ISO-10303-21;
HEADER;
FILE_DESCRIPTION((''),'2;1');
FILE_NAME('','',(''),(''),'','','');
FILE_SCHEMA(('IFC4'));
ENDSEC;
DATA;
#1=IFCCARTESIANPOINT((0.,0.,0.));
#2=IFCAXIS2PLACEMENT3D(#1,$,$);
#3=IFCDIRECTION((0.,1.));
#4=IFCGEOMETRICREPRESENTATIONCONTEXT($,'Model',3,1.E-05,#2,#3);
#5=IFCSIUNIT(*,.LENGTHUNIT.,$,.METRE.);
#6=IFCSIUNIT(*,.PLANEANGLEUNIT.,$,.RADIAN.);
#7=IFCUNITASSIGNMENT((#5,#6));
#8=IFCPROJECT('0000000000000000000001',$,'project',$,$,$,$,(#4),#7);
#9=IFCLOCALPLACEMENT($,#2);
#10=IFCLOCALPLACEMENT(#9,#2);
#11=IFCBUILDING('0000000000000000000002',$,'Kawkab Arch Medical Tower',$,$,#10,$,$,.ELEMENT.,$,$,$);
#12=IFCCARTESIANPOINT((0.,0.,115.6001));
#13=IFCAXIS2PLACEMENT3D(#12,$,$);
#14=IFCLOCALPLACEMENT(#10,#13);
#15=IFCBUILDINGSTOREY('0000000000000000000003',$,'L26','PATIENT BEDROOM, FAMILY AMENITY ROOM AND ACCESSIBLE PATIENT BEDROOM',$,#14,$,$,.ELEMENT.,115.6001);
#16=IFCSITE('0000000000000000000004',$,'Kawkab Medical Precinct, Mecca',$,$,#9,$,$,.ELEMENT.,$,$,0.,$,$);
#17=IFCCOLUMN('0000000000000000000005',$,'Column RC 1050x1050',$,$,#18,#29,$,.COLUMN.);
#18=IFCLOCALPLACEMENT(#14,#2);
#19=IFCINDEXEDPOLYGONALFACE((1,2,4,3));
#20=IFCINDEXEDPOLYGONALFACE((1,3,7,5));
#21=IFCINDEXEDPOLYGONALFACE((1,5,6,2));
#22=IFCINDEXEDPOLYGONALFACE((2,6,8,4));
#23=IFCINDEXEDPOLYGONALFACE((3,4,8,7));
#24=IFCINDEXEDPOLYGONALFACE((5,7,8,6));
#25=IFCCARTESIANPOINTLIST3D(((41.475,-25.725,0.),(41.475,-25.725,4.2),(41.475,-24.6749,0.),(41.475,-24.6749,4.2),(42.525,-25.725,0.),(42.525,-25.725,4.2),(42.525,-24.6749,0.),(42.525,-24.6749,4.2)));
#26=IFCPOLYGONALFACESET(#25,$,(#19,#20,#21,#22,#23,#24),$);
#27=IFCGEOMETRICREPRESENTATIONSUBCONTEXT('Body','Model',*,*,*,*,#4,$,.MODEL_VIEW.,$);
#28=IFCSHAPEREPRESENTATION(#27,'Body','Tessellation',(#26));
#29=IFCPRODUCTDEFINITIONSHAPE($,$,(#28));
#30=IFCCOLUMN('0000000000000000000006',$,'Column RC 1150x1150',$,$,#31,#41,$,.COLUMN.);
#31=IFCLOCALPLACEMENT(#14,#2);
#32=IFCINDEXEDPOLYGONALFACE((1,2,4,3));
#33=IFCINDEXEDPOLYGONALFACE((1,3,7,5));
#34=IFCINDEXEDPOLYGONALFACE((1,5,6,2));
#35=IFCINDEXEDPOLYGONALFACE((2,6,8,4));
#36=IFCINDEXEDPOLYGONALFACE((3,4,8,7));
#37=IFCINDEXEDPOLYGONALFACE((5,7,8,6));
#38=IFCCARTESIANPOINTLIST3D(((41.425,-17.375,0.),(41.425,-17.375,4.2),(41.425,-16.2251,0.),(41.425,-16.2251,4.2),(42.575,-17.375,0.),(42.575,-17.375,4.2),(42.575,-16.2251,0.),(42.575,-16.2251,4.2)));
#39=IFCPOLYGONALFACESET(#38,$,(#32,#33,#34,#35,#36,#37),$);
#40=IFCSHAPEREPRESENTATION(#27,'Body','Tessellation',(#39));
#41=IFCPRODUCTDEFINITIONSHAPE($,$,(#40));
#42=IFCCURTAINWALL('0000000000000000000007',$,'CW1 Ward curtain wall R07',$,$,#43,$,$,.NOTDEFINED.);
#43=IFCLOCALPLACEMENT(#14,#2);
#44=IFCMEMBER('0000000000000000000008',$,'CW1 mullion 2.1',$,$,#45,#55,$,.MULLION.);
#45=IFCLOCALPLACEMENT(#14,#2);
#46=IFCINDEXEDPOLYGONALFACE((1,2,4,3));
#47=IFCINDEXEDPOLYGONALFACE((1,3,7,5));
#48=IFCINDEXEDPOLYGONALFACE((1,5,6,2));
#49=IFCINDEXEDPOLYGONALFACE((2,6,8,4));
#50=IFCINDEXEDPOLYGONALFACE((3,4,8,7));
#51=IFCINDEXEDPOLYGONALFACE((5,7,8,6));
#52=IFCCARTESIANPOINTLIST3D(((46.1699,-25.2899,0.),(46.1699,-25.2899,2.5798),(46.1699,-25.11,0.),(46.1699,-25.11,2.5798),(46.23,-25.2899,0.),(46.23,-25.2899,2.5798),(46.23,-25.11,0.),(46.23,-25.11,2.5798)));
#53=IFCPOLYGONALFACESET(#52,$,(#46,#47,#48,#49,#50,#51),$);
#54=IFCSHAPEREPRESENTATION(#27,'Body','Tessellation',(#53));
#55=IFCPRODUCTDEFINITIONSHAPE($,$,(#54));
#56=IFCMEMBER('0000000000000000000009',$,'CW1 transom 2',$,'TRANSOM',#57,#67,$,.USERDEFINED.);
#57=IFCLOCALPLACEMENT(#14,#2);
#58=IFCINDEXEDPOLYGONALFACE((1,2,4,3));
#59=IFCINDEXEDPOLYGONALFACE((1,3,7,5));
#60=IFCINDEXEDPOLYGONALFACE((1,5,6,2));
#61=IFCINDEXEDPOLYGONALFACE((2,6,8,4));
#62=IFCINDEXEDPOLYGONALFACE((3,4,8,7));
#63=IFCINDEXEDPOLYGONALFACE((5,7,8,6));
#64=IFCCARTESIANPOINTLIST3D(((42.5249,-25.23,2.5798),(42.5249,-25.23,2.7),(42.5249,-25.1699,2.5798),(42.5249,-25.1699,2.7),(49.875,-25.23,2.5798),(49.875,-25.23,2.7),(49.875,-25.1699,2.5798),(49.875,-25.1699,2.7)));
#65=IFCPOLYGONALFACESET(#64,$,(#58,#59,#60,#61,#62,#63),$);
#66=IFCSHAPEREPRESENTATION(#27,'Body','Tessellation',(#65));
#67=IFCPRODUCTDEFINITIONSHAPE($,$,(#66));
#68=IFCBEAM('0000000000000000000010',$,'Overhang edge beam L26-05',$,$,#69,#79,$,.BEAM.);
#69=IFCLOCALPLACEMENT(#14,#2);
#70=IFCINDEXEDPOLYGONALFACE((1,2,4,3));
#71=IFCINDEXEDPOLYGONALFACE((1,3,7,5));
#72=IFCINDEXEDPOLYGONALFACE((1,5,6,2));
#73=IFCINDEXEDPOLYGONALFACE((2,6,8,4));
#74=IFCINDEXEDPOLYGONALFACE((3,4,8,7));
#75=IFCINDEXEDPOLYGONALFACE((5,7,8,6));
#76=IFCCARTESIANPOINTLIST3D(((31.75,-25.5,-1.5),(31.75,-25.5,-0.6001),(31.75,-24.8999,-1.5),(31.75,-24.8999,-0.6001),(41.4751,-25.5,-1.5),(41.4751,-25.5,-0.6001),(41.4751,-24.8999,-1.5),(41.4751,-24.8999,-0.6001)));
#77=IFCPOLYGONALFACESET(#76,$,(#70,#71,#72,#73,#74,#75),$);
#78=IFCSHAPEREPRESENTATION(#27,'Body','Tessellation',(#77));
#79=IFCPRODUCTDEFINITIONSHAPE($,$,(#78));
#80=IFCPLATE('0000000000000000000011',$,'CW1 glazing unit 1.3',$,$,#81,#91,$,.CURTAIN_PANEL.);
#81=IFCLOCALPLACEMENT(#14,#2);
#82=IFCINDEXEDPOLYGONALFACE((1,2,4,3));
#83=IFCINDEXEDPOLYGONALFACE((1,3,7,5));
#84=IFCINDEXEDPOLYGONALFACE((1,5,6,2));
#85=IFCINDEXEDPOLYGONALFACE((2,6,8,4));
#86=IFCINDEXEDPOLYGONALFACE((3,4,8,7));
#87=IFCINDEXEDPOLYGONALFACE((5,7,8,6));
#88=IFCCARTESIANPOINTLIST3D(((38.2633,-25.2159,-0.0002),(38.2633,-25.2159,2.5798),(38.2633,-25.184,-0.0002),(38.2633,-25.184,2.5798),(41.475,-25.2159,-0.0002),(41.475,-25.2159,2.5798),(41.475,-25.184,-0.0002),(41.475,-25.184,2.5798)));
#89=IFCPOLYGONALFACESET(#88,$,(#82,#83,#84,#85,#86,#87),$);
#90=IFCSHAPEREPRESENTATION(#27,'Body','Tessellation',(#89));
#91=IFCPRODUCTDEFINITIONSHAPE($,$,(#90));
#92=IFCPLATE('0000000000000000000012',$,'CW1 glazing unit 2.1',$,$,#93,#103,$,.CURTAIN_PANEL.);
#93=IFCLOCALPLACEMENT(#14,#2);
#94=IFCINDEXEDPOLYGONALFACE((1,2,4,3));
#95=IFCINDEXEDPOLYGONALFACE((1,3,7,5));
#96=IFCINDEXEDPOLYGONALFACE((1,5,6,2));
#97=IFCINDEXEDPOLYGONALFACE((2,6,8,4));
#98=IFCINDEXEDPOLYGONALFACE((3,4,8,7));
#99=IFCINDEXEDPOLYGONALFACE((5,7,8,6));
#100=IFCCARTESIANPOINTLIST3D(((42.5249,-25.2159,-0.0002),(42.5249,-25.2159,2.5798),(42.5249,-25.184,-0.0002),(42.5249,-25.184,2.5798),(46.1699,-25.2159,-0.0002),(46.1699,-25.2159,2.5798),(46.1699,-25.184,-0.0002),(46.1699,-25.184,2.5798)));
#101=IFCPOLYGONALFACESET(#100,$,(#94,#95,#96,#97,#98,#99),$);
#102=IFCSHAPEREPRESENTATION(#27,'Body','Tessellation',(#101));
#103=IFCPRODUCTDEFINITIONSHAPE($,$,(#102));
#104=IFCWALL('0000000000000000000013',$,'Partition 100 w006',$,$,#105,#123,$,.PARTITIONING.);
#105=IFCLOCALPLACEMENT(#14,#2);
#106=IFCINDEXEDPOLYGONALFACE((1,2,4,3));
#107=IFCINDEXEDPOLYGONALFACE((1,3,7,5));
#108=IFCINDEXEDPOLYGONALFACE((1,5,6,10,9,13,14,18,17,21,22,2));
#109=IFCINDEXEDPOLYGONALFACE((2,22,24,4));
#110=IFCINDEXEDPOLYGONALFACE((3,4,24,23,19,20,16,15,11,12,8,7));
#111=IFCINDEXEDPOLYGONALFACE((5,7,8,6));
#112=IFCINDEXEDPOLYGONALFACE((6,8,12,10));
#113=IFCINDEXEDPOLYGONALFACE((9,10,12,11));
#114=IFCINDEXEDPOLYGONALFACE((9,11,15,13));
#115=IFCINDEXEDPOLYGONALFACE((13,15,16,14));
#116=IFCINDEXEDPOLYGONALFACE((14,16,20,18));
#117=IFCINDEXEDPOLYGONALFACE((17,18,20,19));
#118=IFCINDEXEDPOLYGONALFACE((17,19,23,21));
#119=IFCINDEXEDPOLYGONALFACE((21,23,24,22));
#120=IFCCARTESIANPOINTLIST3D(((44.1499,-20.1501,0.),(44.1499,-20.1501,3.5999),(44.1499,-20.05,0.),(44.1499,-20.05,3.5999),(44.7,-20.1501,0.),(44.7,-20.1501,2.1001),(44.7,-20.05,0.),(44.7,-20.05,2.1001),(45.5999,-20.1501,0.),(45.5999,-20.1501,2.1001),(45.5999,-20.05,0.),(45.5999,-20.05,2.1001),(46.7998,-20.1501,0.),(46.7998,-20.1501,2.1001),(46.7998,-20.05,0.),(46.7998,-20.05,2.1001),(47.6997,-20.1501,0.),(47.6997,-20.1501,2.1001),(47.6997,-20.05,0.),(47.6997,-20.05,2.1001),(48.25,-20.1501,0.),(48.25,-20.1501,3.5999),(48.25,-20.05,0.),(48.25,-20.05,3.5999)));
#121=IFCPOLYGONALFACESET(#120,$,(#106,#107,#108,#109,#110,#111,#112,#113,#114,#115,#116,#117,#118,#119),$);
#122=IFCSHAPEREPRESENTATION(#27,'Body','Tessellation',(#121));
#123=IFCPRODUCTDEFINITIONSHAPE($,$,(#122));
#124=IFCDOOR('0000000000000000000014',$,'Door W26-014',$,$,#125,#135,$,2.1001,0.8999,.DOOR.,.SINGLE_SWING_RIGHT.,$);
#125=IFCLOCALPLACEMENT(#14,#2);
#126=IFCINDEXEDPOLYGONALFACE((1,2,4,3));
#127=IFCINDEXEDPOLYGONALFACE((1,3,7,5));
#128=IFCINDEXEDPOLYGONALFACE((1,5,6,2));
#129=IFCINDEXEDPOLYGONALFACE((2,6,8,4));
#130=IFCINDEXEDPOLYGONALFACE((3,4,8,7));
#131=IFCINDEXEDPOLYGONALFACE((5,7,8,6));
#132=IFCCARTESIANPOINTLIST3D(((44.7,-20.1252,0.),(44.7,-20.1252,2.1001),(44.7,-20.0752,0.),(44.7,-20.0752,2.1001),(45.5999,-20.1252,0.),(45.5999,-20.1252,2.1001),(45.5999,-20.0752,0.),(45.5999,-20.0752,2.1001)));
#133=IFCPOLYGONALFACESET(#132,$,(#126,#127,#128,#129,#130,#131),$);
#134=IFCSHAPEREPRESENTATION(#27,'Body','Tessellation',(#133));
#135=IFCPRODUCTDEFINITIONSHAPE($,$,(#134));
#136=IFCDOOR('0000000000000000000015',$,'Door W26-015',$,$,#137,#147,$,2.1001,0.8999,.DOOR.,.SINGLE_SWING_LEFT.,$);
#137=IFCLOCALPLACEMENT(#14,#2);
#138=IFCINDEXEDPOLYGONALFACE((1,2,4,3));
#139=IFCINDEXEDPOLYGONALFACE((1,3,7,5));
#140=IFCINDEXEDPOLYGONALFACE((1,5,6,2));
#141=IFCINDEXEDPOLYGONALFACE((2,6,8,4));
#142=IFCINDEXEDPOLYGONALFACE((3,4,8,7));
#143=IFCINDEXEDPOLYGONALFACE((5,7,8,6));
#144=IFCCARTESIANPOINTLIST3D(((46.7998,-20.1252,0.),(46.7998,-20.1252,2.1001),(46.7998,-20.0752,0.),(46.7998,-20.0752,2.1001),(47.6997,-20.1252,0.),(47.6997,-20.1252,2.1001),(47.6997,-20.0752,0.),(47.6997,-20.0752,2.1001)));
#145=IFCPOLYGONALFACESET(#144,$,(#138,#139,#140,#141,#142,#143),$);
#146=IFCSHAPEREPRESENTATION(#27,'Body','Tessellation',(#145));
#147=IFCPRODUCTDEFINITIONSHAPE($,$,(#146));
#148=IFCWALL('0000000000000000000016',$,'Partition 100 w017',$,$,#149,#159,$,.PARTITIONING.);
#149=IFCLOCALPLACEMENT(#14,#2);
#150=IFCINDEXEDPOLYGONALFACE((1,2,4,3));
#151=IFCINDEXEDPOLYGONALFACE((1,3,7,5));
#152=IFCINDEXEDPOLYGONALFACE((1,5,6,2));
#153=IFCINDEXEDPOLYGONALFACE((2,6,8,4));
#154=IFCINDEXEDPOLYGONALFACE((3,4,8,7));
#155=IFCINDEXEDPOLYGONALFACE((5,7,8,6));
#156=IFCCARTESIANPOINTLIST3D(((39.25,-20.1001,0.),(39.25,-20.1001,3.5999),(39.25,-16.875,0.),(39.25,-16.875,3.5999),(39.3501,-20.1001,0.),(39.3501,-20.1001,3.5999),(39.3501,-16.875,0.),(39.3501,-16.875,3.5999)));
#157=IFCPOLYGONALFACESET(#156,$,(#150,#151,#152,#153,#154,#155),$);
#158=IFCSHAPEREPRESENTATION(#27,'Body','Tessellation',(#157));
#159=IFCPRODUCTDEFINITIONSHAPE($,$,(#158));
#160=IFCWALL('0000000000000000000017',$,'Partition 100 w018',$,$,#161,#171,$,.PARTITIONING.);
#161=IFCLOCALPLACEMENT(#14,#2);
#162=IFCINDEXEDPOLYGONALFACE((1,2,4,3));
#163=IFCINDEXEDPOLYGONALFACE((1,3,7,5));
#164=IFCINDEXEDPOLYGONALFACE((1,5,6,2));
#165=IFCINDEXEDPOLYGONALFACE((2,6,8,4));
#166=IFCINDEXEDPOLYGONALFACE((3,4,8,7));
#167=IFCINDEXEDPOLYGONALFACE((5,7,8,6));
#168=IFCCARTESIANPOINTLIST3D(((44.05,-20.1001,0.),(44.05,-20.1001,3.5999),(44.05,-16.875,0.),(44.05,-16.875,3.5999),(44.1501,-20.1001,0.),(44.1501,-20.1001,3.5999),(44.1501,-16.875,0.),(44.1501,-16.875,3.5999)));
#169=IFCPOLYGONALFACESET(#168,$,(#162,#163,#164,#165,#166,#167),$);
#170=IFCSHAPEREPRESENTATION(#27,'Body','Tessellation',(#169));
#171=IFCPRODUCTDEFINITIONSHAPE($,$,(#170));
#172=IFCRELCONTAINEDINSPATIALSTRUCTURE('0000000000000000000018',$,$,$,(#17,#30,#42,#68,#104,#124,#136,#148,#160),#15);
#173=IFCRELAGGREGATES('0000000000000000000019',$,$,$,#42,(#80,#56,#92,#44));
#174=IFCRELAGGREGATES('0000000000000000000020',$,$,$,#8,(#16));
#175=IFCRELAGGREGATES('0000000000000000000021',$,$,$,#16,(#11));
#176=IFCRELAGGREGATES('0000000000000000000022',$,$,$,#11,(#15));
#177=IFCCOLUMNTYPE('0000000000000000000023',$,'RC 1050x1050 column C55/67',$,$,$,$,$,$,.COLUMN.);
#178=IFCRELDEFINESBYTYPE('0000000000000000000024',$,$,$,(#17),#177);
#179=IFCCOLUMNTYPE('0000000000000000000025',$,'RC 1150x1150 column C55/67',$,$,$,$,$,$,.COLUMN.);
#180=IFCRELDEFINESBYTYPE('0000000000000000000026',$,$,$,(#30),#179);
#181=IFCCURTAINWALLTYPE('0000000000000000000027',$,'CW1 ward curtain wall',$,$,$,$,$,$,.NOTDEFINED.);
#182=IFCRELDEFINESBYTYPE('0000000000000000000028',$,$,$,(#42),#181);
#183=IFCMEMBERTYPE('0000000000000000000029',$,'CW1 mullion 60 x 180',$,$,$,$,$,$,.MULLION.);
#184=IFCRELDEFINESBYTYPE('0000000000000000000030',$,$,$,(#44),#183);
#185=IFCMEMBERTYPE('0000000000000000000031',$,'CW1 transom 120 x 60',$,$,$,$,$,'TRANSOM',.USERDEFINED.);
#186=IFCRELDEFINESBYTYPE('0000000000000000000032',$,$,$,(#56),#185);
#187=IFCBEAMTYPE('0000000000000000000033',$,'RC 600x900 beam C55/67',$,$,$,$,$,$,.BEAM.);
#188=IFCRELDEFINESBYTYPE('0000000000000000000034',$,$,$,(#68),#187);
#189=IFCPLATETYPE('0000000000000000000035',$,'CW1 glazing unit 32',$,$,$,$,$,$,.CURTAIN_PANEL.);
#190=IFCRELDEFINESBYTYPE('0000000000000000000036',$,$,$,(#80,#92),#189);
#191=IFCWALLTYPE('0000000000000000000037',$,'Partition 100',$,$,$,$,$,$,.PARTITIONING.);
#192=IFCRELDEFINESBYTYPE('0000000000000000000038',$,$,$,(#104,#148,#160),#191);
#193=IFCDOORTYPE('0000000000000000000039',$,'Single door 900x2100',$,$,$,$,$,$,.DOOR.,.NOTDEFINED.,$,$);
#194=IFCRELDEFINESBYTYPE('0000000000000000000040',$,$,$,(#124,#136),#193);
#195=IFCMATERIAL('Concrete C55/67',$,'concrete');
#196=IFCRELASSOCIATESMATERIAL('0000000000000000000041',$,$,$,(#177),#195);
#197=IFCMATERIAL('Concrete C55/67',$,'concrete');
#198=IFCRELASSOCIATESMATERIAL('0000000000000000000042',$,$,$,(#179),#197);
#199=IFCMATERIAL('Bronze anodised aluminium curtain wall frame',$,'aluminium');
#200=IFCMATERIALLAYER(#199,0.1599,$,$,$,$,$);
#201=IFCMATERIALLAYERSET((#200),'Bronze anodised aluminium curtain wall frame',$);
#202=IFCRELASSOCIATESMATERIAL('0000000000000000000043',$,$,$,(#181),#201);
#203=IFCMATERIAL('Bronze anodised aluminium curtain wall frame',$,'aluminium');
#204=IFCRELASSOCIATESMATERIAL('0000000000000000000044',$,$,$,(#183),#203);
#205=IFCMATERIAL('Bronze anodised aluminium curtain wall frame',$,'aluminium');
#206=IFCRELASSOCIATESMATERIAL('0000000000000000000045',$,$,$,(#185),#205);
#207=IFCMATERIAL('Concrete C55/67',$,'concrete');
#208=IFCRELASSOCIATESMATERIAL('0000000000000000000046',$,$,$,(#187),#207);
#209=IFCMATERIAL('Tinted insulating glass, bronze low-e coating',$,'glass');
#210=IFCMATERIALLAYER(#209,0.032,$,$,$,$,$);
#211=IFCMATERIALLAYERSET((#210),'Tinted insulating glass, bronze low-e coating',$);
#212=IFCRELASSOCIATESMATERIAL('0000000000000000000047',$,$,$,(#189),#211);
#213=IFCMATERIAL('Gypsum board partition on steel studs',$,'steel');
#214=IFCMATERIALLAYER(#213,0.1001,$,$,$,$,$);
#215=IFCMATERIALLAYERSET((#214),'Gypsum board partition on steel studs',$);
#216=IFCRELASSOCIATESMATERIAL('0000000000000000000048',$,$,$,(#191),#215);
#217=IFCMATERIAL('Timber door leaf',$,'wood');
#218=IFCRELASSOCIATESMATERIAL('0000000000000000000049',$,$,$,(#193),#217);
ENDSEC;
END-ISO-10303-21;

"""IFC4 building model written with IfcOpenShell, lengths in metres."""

from ifc_helpers import new_model, si_unit, direction, frame, frame_2d, origin, origin_2d, place, context, subcontext, project, spatial, rectangle, extrude, material, layer, layer_set, material_profile, profile_set, type_object, element, fill, aggregate, save


model = new_model("IFC4")

# Units and contexts
model_context = context("Model", 3, precision=1e-05, world=origin(), true_north=direction((0.0, 1.0)))
body_context = subcontext(model_context, "Body", "Model", "MODEL_VIEW")
ifc_project = project(units=[si_unit("LENGTHUNIT", "METRE"), si_unit("PLANEANGLEUNIT", "RADIAN")], contexts=[model_context])

# Site, building, storey
site_placement = place(None, origin())
site = spatial("IfcSite", under=ifc_project, at=site_placement, Name="Kawkab Medical Precinct, Mecca", CompositionType="ELEMENT", RefElevation=0.0)
building_placement = place(site_placement, origin())
building = spatial("IfcBuilding", under=site, at=building_placement, Name="Kawkab Arch Medical Tower", CompositionType="ELEMENT")
storey_placement = place(building_placement, frame((0.0, 0.0, 115.6001)))
storey = spatial("IfcBuildingStorey", under=building, at=storey_placement, Name="L26", Description="PATIENT BEDROOM, FAMILY AMENITY ROOM AND ACCESSIBLE PATIENT BEDROOM", CompositionType="ELEMENT", Elevation=115.6001)

# Columns
ifc_material_1 = material(Name="Concrete C55/67", Category="concrete")
ifc_material_profile_1 = material_profile(ifc_material_1, rectangle(XDim=1.05, YDim=1.05, at=origin_2d()), Name="RC 1050x1050")
ifc_profile_set_1 = profile_set([ifc_material_profile_1], Name="Concrete C55/67")
column_type_1 = type_object("IfcColumnType", Name="RC 1050x1050 column C55/67", PredefinedType="COLUMN", material=ifc_profile_set_1)
column_1_placement = place(storey_placement, frame((42.0, -25.2, 0.0), z_axis=(0.0, 0.0, 1.0), x_axis=(1.0, 0.0, 0.0)))
element("IfcColumn", 1, at=column_1_placement, inside=storey, type_object=column_type_1, Name="Column RC 1050x1050", PredefinedType="COLUMN", context=body_context, shape_type="SweptSolid", body=[
    extrude(rectangle(XDim=1.05, YDim=1.05, at=origin_2d()), origin(), (0.0, 0.0, 1.0), 4.2),
])
ifc_material_2 = material(Name="Concrete C55/67", Category="concrete")
ifc_material_profile_2 = material_profile(ifc_material_2, rectangle(XDim=1.1499, YDim=1.1499, at=origin_2d()), Name="RC 1150x1150")
ifc_profile_set_2 = profile_set([ifc_material_profile_2], Name="Concrete C55/67")
column_type_2 = type_object("IfcColumnType", Name="RC 1150x1150 column C55/67", PredefinedType="COLUMN", material=ifc_profile_set_2)
column_2_placement = place(storey_placement, frame((42.0, -16.8, 0.0), z_axis=(0.0, 0.0, 1.0), x_axis=(1.0, 0.0, 0.0)))
element("IfcColumn", 2, at=column_2_placement, inside=storey, type_object=column_type_2, Name="Column RC 1150x1150", PredefinedType="COLUMN", context=body_context, shape_type="SweptSolid", body=[
    extrude(rectangle(XDim=1.1499, YDim=1.1499, at=origin_2d()), origin(), (0.0, 0.0, 1.0), 4.2),
])

# Curtain wall, members
ifc_material_3 = material(Name="Bronze anodised aluminium curtain wall frame", Category="aluminium")
ifc_layer_1 = layer(ifc_material_3, 0.1599)
ifc_layer_set_1 = layer_set([ifc_layer_1], Name="Bronze anodised aluminium curtain wall frame")
curtain_wall_type = type_object("IfcCurtainWallType", Name="CW1 ward curtain wall", PredefinedType="NOTDEFINED", material=ifc_layer_set_1)
curtain_wall_placement = place(storey_placement, origin())
curtain_wall = element("IfcCurtainWall", 3, at=curtain_wall_placement, inside=storey, type_object=curtain_wall_type, Name="CW1 Ward curtain wall R07", PredefinedType="NOTDEFINED")
ifc_material_4 = material(Name="Bronze anodised aluminium curtain wall frame", Category="aluminium")
ifc_material_profile_3 = material_profile(ifc_material_4, rectangle(XDim=0.1799, YDim=0.0601, at=origin_2d()), Name="AL 60x180")
ifc_profile_set_3 = profile_set([ifc_material_profile_3], Name="Bronze anodised aluminium curtain wall frame")
member_type_1 = type_object("IfcMemberType", Name="CW1 mullion 60 x 180", PredefinedType="MULLION", material=ifc_profile_set_3)
member_1_placement = place(storey_placement, frame((46.2, -25.2, 0.0), z_axis=(0.0, 0.0, 1.0), x_axis=(0.0, 1.0, 0.0)))
member_1 = element("IfcMember", 4, at=member_1_placement, type_object=member_type_1, Name="CW1 mullion 2.1", PredefinedType="MULLION", context=body_context, shape_type="SweptSolid", body=[
    extrude(rectangle(XDim=0.1799, YDim=0.0601, at=origin_2d()), origin(), (0.0, 0.0, 1.0), 2.5798),
])
ifc_material_5 = material(Name="Bronze anodised aluminium curtain wall frame", Category="aluminium")
ifc_material_profile_4 = material_profile(ifc_material_5, rectangle(XDim=0.0601, YDim=0.1201, at=origin_2d()), Name="AL 60x120")
ifc_profile_set_4 = profile_set([ifc_material_profile_4], Name="Bronze anodised aluminium curtain wall frame")
member_type_2 = type_object("IfcMemberType", Name="CW1 transom 120 x 60", ElementType="TRANSOM", PredefinedType="USERDEFINED", material=ifc_profile_set_4)
member_2_placement = place(storey_placement, frame((42.5249, -25.2, 2.6399), z_axis=(1.0, 0.0, 0.0), x_axis=(0.0, 1.0, 0.0)))
member_2 = element("IfcMember", 5, at=member_2_placement, type_object=member_type_2, Name="CW1 transom 2", ObjectType="TRANSOM", PredefinedType="USERDEFINED", context=body_context, shape_type="SweptSolid", body=[
    extrude(rectangle(XDim=0.0601, YDim=0.1201, at=origin_2d()), origin(), (0.0, 0.0, 1.0), 7.3501),
])

# Beam
ifc_material_6 = material(Name="Concrete C55/67", Category="concrete")
ifc_material_profile_5 = material_profile(ifc_material_6, rectangle(XDim=0.6001, YDim=0.8999, at=origin_2d()), Name="RC 600x900")
ifc_profile_set_5 = profile_set([ifc_material_profile_5], Name="Concrete C55/67")
beam_type = type_object("IfcBeamType", Name="RC 600x900 beam C55/67", PredefinedType="BEAM", material=ifc_profile_set_5)
beam_placement = place(storey_placement, frame((41.4751, -25.2, -1.05), z_axis=(-1.0, 0.0, 0.0), x_axis=(0.0, -1.0, 0.0)))
element("IfcBeam", 6, at=beam_placement, inside=storey, type_object=beam_type, Name="Overhang edge beam L26-05", PredefinedType="BEAM", context=body_context, shape_type="SweptSolid", body=[
    extrude(rectangle(XDim=0.6001, YDim=0.8999, at=origin_2d()), origin(), (0.0, 0.0, 1.0), 9.7251),
])

# Plates
ifc_material_7 = material(Name="Tinted insulating glass, bronze low-e coating", Category="glass")
ifc_layer_2 = layer(ifc_material_7, 0.032)
ifc_layer_set_2 = layer_set([ifc_layer_2], Name="Tinted insulating glass, bronze low-e coating")
plate_type = type_object("IfcPlateType", Name="CW1 glazing unit 32", PredefinedType="CURTAIN_PANEL", material=ifc_layer_set_2)
plate_1_placement = place(storey_placement, frame((39.8691, -25.2, -0.0002), z_axis=(0.0, 0.0, 1.0), x_axis=(1.0, 0.0, 0.0)))
plate_1 = element("IfcPlate", 7, at=plate_1_placement, type_object=plate_type, Name="CW1 glazing unit 1.3", PredefinedType="CURTAIN_PANEL", context=body_context, shape_type="SweptSolid", body=[
    extrude(rectangle(XDim=3.2117, YDim=0.032, at=origin_2d()), origin(), (0.0, 0.0, 1.0), 2.5801),
])
plate_2_placement = place(storey_placement, frame((44.3474, -25.2, -0.0002), z_axis=(0.0, 0.0, 1.0), x_axis=(1.0, 0.0, 0.0)))
plate_2 = element("IfcPlate", 8, at=plate_2_placement, type_object=plate_type, Name="CW1 glazing unit 2.1", PredefinedType="CURTAIN_PANEL", context=body_context, shape_type="SweptSolid", body=[
    extrude(rectangle(XDim=3.645, YDim=0.032, at=origin_2d()), origin(), (0.0, 0.0, 1.0), 2.5801),
])
aggregate(curtain_wall, [plate_1, member_2, plate_2, member_1])

# Wall, openings, doors
ifc_material_8 = material(Name="Gypsum board partition on steel studs", Category="steel")
ifc_layer_3 = layer(ifc_material_8, 0.1001)
ifc_layer_set_3 = layer_set([ifc_layer_3], Name="Gypsum board partition on steel studs")
wall_type_1 = type_object("IfcWallType", Name="Partition 100", PredefinedType="PARTITIONING", material=ifc_layer_set_3)
wall_1_placement = place(storey_placement, frame((44.1499, -20.1001, 0.0), z_axis=(0.0, 0.0, 1.0), x_axis=(1.0, 0.0, 0.0)))
wall_1 = element("IfcWall", 9, at=wall_1_placement, inside=storey, type_object=wall_type_1, Name="Partition 100 w006", PredefinedType="PARTITIONING", context=body_context, shape_type="SweptSolid", body=[
    extrude(rectangle(XDim=4.1001, YDim=0.1001, at=frame_2d((2.05, 0.0))), origin(), (0.0, 0.0, 1.0), 3.5999),
])
opening_1_placement = place(wall_1_placement, frame((0.55, 0.0, 0.0)))
opening_1 = element("IfcOpeningElement", 10, at=opening_1_placement, cuts=wall_1, PredefinedType="OPENING", context=body_context, shape_type="SweptSolid", body=[
    extrude(rectangle(XDim=0.8999, YDim=2.1001, at=frame_2d((0.45, 1.05))), frame((0.0, 0.0601, 0.0), z_axis=(0.0, -1.0, 0.0), x_axis=(1.0, 0.0, 0.0)), (0.0, 0.0, 1.0), 0.1201),
])
opening_2_placement = place(wall_1_placement, frame((2.6499, 0.0, 0.0)))
opening_2 = element("IfcOpeningElement", 11, at=opening_2_placement, cuts=wall_1, PredefinedType="OPENING", context=body_context, shape_type="SweptSolid", body=[
    extrude(rectangle(XDim=0.8999, YDim=2.1001, at=frame_2d((0.45, 1.05))), frame((0.0, 0.0601, 0.0), z_axis=(0.0, -1.0, 0.0), x_axis=(1.0, 0.0, 0.0)), (0.0, 0.0, 1.0), 0.1201),
])
ifc_material_9 = material(Name="Timber door leaf", Category="wood")
door_type = type_object("IfcDoorType", Name="Single door 900x2100", OperationType="NOTDEFINED", PredefinedType="DOOR", material=ifc_material_9)
door_1_placement = place(opening_1_placement, origin())
door_1 = element("IfcDoor", 12, at=door_1_placement, inside=storey, type_object=door_type, Name="Door W26-014", OperationType="SINGLE_SWING_RIGHT", OverallHeight=2.1001, OverallWidth=0.8999, PredefinedType="DOOR", context=body_context, shape_type="SweptSolid", body=[
    extrude(rectangle(XDim=0.8999, YDim=2.1001, at=frame_2d((0.45, 1.05))), frame((0.0, 0.0249, 0.0), z_axis=(0.0, -1.0, 0.0), x_axis=(1.0, 0.0, 0.0)), (0.0, 0.0, 1.0), 0.05),
])
fill(opening_1, door_1)
door_2_placement = place(opening_2_placement, origin())
door_2 = element("IfcDoor", 13, at=door_2_placement, inside=storey, type_object=door_type, Name="Door W26-015", OperationType="SINGLE_SWING_LEFT", OverallHeight=2.1001, OverallWidth=0.8999, PredefinedType="DOOR", context=body_context, shape_type="SweptSolid", body=[
    extrude(rectangle(XDim=0.8999, YDim=2.1001, at=frame_2d((0.45, 1.05))), frame((0.0, 0.0249, 0.0), z_axis=(0.0, -1.0, 0.0), x_axis=(1.0, 0.0, 0.0)), (0.0, 0.0, 1.0), 0.05),
])
fill(opening_2, door_2)

# Walls
for number, where, z_axis, x_axis, name in (
    (14, (39.3, -20.1001, 0.0), (0.0, 0.0, 1.0), (0.0, 1.0, 0.0), "Partition 100 w017"),
    (15, (44.1001, -20.1001, 0.0), (0.0, 0.0, 1.0), (0.0, 1.0, 0.0), "Partition 100 w018"),
):
    element("IfcWall", number, at=place(storey_placement, frame(where, z_axis=z_axis, x_axis=x_axis)), inside=storey, type_object=wall_type_1, Name=name, PredefinedType="PARTITIONING", context=body_context, shape_type="SweptSolid", body=[
        extrude(rectangle(XDim=3.2251, YDim=0.1001, at=frame_2d((1.6125, 0.0))), origin(), (0.0, 0.0, 1.0), 3.5999),
    ])

save(model, "model.ifc")
